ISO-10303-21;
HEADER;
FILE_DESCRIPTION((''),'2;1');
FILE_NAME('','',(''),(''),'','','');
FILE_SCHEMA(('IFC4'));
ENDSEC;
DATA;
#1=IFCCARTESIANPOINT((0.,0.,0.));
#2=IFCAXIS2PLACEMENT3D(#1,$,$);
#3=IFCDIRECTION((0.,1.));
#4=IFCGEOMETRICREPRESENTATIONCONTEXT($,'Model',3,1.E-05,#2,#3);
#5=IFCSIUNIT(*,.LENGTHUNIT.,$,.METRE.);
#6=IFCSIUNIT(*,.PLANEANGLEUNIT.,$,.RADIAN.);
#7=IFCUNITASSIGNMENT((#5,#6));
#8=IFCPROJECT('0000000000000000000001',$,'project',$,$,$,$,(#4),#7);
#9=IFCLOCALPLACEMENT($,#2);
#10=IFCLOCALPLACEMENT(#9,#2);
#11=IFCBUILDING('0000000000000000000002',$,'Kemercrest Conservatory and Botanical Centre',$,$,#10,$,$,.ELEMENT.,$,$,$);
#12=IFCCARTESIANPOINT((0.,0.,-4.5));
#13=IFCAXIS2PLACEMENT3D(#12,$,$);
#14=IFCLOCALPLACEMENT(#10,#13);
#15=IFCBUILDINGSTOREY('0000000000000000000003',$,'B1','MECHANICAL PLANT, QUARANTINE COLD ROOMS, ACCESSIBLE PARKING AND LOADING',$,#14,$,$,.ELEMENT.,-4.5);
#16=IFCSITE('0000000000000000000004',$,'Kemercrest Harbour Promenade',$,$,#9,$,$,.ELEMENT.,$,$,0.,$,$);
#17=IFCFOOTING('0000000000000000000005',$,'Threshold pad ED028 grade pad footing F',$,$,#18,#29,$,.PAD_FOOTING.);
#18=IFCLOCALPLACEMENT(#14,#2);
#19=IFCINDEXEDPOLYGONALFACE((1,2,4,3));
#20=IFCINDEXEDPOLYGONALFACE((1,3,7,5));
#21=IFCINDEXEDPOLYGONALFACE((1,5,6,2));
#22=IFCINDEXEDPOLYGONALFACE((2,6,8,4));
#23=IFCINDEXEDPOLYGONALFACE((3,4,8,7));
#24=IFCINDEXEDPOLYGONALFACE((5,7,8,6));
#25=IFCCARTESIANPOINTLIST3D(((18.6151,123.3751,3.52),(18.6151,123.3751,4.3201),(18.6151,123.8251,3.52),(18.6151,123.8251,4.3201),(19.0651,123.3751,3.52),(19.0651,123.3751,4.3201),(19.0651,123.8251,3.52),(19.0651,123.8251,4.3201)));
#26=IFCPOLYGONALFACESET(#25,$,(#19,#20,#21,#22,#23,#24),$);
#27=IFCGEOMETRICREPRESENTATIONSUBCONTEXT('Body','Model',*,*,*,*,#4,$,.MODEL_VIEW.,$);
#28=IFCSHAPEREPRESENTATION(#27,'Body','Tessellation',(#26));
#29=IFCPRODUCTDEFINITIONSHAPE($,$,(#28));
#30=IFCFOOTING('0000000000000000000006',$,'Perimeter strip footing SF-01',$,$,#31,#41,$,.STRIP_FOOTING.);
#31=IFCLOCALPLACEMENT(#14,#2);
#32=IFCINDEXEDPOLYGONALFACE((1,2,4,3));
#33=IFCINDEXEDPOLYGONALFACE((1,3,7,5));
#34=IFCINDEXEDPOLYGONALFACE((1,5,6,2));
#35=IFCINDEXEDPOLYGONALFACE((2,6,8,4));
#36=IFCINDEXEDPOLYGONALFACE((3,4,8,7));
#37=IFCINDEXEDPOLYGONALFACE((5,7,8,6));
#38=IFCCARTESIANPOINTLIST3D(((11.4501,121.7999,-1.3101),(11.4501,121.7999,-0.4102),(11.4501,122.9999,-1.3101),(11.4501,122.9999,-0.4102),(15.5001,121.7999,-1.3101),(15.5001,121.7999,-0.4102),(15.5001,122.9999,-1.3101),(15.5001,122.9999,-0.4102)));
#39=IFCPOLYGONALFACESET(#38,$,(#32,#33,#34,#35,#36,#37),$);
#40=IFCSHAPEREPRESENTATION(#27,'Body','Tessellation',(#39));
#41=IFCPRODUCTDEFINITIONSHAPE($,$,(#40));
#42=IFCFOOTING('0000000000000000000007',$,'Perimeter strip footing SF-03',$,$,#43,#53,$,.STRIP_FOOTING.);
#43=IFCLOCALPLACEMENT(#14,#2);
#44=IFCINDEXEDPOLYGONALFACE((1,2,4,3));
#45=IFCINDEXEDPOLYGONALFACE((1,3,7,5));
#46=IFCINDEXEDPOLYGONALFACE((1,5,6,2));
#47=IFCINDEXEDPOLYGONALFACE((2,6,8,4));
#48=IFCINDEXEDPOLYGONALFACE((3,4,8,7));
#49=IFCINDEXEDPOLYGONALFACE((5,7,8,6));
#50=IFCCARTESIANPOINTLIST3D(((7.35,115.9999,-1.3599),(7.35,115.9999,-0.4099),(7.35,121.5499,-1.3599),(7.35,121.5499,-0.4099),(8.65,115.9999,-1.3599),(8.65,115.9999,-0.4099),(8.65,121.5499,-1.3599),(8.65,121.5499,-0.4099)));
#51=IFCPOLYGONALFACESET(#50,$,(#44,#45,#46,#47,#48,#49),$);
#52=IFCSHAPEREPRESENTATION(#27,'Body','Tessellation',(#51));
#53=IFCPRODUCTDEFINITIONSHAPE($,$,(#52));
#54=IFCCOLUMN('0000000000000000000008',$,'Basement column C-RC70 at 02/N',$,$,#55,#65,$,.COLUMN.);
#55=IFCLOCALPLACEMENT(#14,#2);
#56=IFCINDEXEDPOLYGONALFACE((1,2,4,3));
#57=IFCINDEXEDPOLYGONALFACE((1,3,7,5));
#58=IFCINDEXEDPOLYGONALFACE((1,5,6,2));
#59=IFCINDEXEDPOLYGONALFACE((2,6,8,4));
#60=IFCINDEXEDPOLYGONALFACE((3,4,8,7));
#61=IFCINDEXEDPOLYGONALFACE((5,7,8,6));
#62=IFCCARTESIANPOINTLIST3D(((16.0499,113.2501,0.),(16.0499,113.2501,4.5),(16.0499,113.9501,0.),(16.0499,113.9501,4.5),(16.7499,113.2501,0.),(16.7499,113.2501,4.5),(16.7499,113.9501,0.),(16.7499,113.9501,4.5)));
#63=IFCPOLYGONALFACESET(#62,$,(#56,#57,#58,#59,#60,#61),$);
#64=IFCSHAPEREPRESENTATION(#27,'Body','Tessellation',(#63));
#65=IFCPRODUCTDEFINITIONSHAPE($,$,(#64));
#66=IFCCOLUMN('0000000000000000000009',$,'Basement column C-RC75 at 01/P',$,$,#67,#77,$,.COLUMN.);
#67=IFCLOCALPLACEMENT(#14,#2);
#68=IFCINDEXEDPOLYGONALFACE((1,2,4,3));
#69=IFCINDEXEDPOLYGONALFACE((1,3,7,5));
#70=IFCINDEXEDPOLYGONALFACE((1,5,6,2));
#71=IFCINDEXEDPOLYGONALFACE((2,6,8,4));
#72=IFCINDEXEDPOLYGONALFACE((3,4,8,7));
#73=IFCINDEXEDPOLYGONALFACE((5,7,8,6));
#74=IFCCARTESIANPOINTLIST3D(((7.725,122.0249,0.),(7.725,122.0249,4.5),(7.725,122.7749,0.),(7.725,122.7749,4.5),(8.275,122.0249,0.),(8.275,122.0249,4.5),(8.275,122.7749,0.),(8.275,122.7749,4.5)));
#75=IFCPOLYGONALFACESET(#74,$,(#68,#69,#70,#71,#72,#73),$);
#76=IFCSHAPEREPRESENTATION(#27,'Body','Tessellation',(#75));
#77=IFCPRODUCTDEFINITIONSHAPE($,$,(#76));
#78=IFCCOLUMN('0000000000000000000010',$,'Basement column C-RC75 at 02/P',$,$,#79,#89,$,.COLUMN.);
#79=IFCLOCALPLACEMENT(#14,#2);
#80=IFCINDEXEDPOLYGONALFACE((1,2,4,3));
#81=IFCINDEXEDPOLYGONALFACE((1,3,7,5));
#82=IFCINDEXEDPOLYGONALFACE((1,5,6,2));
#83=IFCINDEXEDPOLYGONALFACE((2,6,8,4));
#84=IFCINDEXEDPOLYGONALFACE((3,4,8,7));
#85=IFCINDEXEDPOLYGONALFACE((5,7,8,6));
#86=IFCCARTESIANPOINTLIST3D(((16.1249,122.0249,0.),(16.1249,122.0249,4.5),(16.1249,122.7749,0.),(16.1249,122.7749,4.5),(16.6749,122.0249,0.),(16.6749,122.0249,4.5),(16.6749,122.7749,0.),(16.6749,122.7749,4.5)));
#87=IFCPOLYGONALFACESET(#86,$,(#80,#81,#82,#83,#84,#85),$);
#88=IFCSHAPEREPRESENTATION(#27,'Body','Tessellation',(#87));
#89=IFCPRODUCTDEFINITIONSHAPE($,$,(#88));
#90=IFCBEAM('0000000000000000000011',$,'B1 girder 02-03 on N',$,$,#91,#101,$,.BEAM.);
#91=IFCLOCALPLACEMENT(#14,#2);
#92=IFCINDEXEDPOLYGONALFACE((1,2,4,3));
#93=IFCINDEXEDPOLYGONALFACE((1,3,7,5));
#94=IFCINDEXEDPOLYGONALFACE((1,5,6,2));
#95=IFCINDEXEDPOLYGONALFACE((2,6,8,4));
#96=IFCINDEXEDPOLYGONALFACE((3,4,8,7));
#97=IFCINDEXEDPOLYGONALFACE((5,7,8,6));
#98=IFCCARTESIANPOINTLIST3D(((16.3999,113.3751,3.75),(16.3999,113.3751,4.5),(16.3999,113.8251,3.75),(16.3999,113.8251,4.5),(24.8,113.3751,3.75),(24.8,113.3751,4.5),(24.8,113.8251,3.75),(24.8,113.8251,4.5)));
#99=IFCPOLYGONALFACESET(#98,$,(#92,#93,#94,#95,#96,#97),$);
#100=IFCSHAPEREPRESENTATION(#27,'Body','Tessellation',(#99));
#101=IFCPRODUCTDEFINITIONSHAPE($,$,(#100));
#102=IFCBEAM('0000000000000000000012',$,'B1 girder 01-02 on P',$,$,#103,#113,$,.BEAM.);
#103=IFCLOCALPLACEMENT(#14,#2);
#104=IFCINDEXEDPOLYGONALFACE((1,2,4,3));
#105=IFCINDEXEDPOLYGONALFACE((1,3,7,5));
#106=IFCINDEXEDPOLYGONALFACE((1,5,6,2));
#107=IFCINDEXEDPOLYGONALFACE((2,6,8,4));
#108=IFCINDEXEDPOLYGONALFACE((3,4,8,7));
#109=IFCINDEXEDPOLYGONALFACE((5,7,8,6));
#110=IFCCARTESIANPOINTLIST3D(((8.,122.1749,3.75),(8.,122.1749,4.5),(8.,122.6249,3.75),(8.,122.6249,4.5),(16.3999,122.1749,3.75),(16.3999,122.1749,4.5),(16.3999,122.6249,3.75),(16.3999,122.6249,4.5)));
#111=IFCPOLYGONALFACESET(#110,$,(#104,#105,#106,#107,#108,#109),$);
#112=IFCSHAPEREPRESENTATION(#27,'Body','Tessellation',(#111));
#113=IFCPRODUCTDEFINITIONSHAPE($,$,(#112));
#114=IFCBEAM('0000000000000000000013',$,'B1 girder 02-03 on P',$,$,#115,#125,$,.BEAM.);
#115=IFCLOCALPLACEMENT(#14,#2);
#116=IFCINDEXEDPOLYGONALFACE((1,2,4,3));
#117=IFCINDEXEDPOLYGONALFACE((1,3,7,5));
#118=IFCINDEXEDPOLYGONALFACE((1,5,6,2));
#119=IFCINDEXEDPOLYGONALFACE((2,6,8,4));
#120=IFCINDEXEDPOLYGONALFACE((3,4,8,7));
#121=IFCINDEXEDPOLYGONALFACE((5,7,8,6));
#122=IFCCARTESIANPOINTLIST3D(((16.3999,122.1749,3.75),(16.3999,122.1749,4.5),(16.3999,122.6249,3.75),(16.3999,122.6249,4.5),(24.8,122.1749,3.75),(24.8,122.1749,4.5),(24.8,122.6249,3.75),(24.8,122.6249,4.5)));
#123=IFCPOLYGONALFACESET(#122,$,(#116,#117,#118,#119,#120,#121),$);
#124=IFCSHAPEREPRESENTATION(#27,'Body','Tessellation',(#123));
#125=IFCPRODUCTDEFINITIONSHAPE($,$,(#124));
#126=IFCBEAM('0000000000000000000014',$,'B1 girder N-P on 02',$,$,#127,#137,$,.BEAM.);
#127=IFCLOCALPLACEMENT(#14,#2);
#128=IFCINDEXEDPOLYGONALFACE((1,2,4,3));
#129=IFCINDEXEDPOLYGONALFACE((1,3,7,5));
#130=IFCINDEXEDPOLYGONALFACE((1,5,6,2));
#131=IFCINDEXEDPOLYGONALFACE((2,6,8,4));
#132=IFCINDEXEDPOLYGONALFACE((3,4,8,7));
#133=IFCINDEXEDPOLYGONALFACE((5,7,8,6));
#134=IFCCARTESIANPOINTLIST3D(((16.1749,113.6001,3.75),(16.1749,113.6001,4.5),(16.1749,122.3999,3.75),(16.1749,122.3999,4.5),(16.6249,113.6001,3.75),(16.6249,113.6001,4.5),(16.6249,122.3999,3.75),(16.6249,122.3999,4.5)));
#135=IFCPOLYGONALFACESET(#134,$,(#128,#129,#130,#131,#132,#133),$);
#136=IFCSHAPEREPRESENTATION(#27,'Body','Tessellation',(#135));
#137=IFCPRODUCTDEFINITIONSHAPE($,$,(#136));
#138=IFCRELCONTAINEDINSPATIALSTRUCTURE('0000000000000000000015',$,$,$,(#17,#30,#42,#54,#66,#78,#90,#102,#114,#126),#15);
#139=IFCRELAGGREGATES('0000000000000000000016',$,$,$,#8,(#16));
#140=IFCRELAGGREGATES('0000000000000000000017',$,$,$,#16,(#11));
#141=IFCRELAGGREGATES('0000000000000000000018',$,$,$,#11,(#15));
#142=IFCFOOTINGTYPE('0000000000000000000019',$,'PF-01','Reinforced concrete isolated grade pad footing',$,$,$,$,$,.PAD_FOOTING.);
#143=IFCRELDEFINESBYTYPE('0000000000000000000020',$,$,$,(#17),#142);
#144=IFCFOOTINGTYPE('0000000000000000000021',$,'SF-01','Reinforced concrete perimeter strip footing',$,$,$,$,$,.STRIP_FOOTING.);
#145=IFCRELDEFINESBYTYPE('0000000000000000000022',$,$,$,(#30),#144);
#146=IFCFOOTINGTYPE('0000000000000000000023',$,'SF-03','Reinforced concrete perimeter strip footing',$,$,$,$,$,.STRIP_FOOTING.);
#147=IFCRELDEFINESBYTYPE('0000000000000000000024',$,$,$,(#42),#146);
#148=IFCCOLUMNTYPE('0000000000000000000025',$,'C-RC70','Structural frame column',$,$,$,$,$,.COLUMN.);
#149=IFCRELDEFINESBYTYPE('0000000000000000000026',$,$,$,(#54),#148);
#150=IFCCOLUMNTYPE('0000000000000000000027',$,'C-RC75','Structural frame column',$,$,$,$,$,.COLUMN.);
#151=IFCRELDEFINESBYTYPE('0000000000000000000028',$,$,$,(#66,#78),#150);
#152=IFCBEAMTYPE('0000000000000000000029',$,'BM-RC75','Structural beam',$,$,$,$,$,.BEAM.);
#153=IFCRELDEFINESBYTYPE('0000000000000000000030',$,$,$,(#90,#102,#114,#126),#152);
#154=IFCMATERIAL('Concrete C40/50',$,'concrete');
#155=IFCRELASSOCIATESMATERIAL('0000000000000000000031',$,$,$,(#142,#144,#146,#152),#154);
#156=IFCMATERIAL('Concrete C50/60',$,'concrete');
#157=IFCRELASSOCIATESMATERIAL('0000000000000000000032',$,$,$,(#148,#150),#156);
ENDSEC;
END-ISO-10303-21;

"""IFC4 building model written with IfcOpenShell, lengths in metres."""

from ifc_helpers import new_model, si_unit, direction, frame, origin, origin_2d, place, context, subcontext, project, spatial, rectangle, extrude, material, material_profile, profile_set, type_object, element, save


model = new_model("IFC4")

# Units and contexts
model_context = context("Model", 3, precision=1e-05, world=origin(), true_north=direction((0.0, 1.0)))
body_context = subcontext(model_context, "Body", "Model", "MODEL_VIEW")
ifc_project = project(units=[si_unit("LENGTHUNIT", "METRE"), si_unit("PLANEANGLEUNIT", "RADIAN")], contexts=[model_context])

# Site, building, storey
site_placement = place(None, origin())
site = spatial("IfcSite", under=ifc_project, at=site_placement, Name="Kemercrest Harbour Promenade", CompositionType="ELEMENT", RefElevation=0.0)
building_placement = place(site_placement, origin())
building = spatial("IfcBuilding", under=site, at=building_placement, Name="Kemercrest Conservatory and Botanical Centre", CompositionType="ELEMENT")
storey_placement = place(building_placement, frame((0.0, 0.0, -4.5)))
storey = spatial("IfcBuildingStorey", under=building, at=storey_placement, Name="B1", Description="MECHANICAL PLANT, QUARANTINE COLD ROOMS, ACCESSIBLE PARKING AND LOADING", CompositionType="ELEMENT", Elevation=-4.5)

# Shared definitions
ifc_material_1 = material(Name="Concrete C40/50", Category="concrete")

# Footings
footing_type_1 = type_object("IfcFootingType", Name="PF-01", Description="Reinforced concrete isolated grade pad footing", PredefinedType="PAD_FOOTING", material=ifc_material_1)
for number, where, z_axis, x_axis, name in (
    (1, (18.8401, 123.6001, 3.52), (0.0, 0.0, 1.0), (-1.0, 0.0, 0.0), "Threshold pad ED028 grade pad footing F"),
):
    element("IfcFooting", number, at=place(storey_placement, frame(where, z_axis=z_axis, x_axis=x_axis)), inside=storey, type_object=footing_type_1, Name=name, PredefinedType="PAD_FOOTING", context=body_context, shape_type="SweptSolid", body=[
        extrude(rectangle(XDim=0.45, YDim=0.45, at=origin_2d()), origin(), (0.0, 0.0, 1.0), 0.8),
    ])
footing_type_2 = type_object("IfcFootingType", Name="SF-01", Description="Reinforced concrete perimeter strip footing", PredefinedType="STRIP_FOOTING", material=ifc_material_1)
footing_1_placement = place(storey_placement, frame((13.4751, 122.3999, -1.3101), z_axis=(0.0, 0.0, 1.0), x_axis=(1.0, 0.0, 0.0)))
element("IfcFooting", 2, at=footing_1_placement, inside=storey, type_object=footing_type_2, Name="Perimeter strip footing SF-01", PredefinedType="STRIP_FOOTING", context=body_context, shape_type="SweptSolid", body=[
    extrude(rectangle(XDim=4.05, YDim=1.2, at=origin_2d()), origin(), (0.0, 0.0, 1.0), 0.8999),
])
footing_type_3 = type_object("IfcFootingType", Name="SF-03", Description="Reinforced concrete perimeter strip footing", PredefinedType="STRIP_FOOTING", material=ifc_material_1)
footing_2_placement = place(storey_placement, frame((8.0, 118.7749, -1.3599), z_axis=(0.0, 0.0, 1.0), x_axis=(1.0, 0.0, 0.0)))
element("IfcFooting", 3, at=footing_2_placement, inside=storey, type_object=footing_type_3, Name="Perimeter strip footing SF-03", PredefinedType="STRIP_FOOTING", context=body_context, shape_type="SweptSolid", body=[
    extrude(rectangle(XDim=1.3, YDim=5.55, at=origin_2d()), origin(), (0.0, 0.0, 1.0), 0.95),
])

# Columns
ifc_material_2 = material(Name="Concrete C50/60", Category="concrete")
ifc_material_profile_1 = material_profile(ifc_material_2, rectangle(XDim=0.7, YDim=0.7, at=origin_2d()), Name="RC 700x700")
ifc_profile_set_1 = profile_set([ifc_material_profile_1], Name="Concrete C50/60")
column_type_1 = type_object("IfcColumnType", Name="C-RC70", Description="Structural frame column", PredefinedType="COLUMN", material=ifc_profile_set_1)
column_placement = place(storey_placement, frame((16.3999, 113.6001, 0.0), z_axis=(0.0, 0.0, 1.0), x_axis=(1.0, 0.0, 0.0)))
element("IfcColumn", 4, at=column_placement, inside=storey, type_object=column_type_1, Name="Basement column C-RC70 at 02/N", PredefinedType="COLUMN", context=body_context, shape_type="SweptSolid", body=[
    extrude(rectangle(XDim=0.7, YDim=0.7, at=origin_2d()), origin(), (0.0, 0.0, 1.0), 4.5),
])
ifc_material_profile_2 = material_profile(ifc_material_2, rectangle(XDim=0.55, YDim=0.75, at=origin_2d()), Name="RC 750x550")
ifc_profile_set_2 = profile_set([ifc_material_profile_2], Name="Concrete C50/60")
column_type_2 = type_object("IfcColumnType", Name="C-RC75", Description="Structural frame column", PredefinedType="COLUMN", material=ifc_profile_set_2)
for number, where, z_axis, x_axis, name in (
    (5, (8.0, 122.3999, 0.0), (0.0, 0.0, 1.0), (1.0, 0.0, 0.0), "Basement column C-RC75 at 01/P"),
    (6, (16.3999, 122.3999, 0.0), (0.0, 0.0, 1.0), (1.0, 0.0, 0.0), "Basement column C-RC75 at 02/P"),
):
    element("IfcColumn", number, at=place(storey_placement, frame(where, z_axis=z_axis, x_axis=x_axis)), inside=storey, type_object=column_type_2, Name=name, PredefinedType="COLUMN", context=body_context, shape_type="SweptSolid", body=[
        extrude(rectangle(XDim=0.55, YDim=0.75, at=origin_2d()), origin(), (0.0, 0.0, 1.0), 4.5),
    ])

# Beams
ifc_material_profile_3 = material_profile(ifc_material_1, rectangle(XDim=0.45, YDim=0.75, at=origin_2d()), Name="RC 450x750")
ifc_profile_set_3 = profile_set([ifc_material_profile_3], Name="Concrete C40/50")
beam_type = type_object("IfcBeamType", Name="BM-RC75", Description="Structural beam", PredefinedType="BEAM", material=ifc_profile_set_3)
beam_1_placement = place(storey_placement, frame((16.3999, 113.6001, 4.125), z_axis=(1.0, 0.0, 0.0), x_axis=(0.0, 1.0, 0.0)))
element("IfcBeam", 7, at=beam_1_placement, inside=storey, type_object=beam_type, Name="B1 girder 02-03 on N", PredefinedType="BEAM", context=body_context, shape_type="SweptSolid", body=[
    extrude(rectangle(XDim=0.45, YDim=0.75, at=origin_2d()), origin(), (0.0, 0.0, 1.0), 8.4001),
])
beam_2_placement = place(storey_placement, frame((8.0, 122.3999, 4.125), z_axis=(1.0, 0.0, 0.0), x_axis=(0.0, 1.0, 0.0)))
element("IfcBeam", 8, at=beam_2_placement, inside=storey, type_object=beam_type, Name="B1 girder 01-02 on P", PredefinedType="BEAM", context=body_context, shape_type="SweptSolid", body=[
    extrude(rectangle(XDim=0.45, YDim=0.75, at=origin_2d()), origin(), (0.0, 0.0, 1.0), 8.3999),
])
beam_3_placement = place(storey_placement, frame((16.3999, 122.3999, 4.125), z_axis=(1.0, 0.0, 0.0), x_axis=(0.0, 1.0, 0.0)))
element("IfcBeam", 9, at=beam_3_placement, inside=storey, type_object=beam_type, Name="B1 girder 02-03 on P", PredefinedType="BEAM", context=body_context, shape_type="SweptSolid", body=[
    extrude(rectangle(XDim=0.45, YDim=0.75, at=origin_2d()), origin(), (0.0, 0.0, 1.0), 8.4001),
])
beam_4_placement = place(storey_placement, frame((16.3999, 113.6001, 4.125), z_axis=(0.0, 1.0, 0.0), x_axis=(-1.0, 0.0, 0.0)))
element("IfcBeam", 10, at=beam_4_placement, inside=storey, type_object=beam_type, Name="B1 girder N-P on 02", PredefinedType="BEAM", context=body_context, shape_type="SweptSolid", body=[
    extrude(rectangle(XDim=0.45, YDim=0.75, at=origin_2d()), origin(), (0.0, 0.0, 1.0), 8.7998),
])

save(model, "model.ifc")
